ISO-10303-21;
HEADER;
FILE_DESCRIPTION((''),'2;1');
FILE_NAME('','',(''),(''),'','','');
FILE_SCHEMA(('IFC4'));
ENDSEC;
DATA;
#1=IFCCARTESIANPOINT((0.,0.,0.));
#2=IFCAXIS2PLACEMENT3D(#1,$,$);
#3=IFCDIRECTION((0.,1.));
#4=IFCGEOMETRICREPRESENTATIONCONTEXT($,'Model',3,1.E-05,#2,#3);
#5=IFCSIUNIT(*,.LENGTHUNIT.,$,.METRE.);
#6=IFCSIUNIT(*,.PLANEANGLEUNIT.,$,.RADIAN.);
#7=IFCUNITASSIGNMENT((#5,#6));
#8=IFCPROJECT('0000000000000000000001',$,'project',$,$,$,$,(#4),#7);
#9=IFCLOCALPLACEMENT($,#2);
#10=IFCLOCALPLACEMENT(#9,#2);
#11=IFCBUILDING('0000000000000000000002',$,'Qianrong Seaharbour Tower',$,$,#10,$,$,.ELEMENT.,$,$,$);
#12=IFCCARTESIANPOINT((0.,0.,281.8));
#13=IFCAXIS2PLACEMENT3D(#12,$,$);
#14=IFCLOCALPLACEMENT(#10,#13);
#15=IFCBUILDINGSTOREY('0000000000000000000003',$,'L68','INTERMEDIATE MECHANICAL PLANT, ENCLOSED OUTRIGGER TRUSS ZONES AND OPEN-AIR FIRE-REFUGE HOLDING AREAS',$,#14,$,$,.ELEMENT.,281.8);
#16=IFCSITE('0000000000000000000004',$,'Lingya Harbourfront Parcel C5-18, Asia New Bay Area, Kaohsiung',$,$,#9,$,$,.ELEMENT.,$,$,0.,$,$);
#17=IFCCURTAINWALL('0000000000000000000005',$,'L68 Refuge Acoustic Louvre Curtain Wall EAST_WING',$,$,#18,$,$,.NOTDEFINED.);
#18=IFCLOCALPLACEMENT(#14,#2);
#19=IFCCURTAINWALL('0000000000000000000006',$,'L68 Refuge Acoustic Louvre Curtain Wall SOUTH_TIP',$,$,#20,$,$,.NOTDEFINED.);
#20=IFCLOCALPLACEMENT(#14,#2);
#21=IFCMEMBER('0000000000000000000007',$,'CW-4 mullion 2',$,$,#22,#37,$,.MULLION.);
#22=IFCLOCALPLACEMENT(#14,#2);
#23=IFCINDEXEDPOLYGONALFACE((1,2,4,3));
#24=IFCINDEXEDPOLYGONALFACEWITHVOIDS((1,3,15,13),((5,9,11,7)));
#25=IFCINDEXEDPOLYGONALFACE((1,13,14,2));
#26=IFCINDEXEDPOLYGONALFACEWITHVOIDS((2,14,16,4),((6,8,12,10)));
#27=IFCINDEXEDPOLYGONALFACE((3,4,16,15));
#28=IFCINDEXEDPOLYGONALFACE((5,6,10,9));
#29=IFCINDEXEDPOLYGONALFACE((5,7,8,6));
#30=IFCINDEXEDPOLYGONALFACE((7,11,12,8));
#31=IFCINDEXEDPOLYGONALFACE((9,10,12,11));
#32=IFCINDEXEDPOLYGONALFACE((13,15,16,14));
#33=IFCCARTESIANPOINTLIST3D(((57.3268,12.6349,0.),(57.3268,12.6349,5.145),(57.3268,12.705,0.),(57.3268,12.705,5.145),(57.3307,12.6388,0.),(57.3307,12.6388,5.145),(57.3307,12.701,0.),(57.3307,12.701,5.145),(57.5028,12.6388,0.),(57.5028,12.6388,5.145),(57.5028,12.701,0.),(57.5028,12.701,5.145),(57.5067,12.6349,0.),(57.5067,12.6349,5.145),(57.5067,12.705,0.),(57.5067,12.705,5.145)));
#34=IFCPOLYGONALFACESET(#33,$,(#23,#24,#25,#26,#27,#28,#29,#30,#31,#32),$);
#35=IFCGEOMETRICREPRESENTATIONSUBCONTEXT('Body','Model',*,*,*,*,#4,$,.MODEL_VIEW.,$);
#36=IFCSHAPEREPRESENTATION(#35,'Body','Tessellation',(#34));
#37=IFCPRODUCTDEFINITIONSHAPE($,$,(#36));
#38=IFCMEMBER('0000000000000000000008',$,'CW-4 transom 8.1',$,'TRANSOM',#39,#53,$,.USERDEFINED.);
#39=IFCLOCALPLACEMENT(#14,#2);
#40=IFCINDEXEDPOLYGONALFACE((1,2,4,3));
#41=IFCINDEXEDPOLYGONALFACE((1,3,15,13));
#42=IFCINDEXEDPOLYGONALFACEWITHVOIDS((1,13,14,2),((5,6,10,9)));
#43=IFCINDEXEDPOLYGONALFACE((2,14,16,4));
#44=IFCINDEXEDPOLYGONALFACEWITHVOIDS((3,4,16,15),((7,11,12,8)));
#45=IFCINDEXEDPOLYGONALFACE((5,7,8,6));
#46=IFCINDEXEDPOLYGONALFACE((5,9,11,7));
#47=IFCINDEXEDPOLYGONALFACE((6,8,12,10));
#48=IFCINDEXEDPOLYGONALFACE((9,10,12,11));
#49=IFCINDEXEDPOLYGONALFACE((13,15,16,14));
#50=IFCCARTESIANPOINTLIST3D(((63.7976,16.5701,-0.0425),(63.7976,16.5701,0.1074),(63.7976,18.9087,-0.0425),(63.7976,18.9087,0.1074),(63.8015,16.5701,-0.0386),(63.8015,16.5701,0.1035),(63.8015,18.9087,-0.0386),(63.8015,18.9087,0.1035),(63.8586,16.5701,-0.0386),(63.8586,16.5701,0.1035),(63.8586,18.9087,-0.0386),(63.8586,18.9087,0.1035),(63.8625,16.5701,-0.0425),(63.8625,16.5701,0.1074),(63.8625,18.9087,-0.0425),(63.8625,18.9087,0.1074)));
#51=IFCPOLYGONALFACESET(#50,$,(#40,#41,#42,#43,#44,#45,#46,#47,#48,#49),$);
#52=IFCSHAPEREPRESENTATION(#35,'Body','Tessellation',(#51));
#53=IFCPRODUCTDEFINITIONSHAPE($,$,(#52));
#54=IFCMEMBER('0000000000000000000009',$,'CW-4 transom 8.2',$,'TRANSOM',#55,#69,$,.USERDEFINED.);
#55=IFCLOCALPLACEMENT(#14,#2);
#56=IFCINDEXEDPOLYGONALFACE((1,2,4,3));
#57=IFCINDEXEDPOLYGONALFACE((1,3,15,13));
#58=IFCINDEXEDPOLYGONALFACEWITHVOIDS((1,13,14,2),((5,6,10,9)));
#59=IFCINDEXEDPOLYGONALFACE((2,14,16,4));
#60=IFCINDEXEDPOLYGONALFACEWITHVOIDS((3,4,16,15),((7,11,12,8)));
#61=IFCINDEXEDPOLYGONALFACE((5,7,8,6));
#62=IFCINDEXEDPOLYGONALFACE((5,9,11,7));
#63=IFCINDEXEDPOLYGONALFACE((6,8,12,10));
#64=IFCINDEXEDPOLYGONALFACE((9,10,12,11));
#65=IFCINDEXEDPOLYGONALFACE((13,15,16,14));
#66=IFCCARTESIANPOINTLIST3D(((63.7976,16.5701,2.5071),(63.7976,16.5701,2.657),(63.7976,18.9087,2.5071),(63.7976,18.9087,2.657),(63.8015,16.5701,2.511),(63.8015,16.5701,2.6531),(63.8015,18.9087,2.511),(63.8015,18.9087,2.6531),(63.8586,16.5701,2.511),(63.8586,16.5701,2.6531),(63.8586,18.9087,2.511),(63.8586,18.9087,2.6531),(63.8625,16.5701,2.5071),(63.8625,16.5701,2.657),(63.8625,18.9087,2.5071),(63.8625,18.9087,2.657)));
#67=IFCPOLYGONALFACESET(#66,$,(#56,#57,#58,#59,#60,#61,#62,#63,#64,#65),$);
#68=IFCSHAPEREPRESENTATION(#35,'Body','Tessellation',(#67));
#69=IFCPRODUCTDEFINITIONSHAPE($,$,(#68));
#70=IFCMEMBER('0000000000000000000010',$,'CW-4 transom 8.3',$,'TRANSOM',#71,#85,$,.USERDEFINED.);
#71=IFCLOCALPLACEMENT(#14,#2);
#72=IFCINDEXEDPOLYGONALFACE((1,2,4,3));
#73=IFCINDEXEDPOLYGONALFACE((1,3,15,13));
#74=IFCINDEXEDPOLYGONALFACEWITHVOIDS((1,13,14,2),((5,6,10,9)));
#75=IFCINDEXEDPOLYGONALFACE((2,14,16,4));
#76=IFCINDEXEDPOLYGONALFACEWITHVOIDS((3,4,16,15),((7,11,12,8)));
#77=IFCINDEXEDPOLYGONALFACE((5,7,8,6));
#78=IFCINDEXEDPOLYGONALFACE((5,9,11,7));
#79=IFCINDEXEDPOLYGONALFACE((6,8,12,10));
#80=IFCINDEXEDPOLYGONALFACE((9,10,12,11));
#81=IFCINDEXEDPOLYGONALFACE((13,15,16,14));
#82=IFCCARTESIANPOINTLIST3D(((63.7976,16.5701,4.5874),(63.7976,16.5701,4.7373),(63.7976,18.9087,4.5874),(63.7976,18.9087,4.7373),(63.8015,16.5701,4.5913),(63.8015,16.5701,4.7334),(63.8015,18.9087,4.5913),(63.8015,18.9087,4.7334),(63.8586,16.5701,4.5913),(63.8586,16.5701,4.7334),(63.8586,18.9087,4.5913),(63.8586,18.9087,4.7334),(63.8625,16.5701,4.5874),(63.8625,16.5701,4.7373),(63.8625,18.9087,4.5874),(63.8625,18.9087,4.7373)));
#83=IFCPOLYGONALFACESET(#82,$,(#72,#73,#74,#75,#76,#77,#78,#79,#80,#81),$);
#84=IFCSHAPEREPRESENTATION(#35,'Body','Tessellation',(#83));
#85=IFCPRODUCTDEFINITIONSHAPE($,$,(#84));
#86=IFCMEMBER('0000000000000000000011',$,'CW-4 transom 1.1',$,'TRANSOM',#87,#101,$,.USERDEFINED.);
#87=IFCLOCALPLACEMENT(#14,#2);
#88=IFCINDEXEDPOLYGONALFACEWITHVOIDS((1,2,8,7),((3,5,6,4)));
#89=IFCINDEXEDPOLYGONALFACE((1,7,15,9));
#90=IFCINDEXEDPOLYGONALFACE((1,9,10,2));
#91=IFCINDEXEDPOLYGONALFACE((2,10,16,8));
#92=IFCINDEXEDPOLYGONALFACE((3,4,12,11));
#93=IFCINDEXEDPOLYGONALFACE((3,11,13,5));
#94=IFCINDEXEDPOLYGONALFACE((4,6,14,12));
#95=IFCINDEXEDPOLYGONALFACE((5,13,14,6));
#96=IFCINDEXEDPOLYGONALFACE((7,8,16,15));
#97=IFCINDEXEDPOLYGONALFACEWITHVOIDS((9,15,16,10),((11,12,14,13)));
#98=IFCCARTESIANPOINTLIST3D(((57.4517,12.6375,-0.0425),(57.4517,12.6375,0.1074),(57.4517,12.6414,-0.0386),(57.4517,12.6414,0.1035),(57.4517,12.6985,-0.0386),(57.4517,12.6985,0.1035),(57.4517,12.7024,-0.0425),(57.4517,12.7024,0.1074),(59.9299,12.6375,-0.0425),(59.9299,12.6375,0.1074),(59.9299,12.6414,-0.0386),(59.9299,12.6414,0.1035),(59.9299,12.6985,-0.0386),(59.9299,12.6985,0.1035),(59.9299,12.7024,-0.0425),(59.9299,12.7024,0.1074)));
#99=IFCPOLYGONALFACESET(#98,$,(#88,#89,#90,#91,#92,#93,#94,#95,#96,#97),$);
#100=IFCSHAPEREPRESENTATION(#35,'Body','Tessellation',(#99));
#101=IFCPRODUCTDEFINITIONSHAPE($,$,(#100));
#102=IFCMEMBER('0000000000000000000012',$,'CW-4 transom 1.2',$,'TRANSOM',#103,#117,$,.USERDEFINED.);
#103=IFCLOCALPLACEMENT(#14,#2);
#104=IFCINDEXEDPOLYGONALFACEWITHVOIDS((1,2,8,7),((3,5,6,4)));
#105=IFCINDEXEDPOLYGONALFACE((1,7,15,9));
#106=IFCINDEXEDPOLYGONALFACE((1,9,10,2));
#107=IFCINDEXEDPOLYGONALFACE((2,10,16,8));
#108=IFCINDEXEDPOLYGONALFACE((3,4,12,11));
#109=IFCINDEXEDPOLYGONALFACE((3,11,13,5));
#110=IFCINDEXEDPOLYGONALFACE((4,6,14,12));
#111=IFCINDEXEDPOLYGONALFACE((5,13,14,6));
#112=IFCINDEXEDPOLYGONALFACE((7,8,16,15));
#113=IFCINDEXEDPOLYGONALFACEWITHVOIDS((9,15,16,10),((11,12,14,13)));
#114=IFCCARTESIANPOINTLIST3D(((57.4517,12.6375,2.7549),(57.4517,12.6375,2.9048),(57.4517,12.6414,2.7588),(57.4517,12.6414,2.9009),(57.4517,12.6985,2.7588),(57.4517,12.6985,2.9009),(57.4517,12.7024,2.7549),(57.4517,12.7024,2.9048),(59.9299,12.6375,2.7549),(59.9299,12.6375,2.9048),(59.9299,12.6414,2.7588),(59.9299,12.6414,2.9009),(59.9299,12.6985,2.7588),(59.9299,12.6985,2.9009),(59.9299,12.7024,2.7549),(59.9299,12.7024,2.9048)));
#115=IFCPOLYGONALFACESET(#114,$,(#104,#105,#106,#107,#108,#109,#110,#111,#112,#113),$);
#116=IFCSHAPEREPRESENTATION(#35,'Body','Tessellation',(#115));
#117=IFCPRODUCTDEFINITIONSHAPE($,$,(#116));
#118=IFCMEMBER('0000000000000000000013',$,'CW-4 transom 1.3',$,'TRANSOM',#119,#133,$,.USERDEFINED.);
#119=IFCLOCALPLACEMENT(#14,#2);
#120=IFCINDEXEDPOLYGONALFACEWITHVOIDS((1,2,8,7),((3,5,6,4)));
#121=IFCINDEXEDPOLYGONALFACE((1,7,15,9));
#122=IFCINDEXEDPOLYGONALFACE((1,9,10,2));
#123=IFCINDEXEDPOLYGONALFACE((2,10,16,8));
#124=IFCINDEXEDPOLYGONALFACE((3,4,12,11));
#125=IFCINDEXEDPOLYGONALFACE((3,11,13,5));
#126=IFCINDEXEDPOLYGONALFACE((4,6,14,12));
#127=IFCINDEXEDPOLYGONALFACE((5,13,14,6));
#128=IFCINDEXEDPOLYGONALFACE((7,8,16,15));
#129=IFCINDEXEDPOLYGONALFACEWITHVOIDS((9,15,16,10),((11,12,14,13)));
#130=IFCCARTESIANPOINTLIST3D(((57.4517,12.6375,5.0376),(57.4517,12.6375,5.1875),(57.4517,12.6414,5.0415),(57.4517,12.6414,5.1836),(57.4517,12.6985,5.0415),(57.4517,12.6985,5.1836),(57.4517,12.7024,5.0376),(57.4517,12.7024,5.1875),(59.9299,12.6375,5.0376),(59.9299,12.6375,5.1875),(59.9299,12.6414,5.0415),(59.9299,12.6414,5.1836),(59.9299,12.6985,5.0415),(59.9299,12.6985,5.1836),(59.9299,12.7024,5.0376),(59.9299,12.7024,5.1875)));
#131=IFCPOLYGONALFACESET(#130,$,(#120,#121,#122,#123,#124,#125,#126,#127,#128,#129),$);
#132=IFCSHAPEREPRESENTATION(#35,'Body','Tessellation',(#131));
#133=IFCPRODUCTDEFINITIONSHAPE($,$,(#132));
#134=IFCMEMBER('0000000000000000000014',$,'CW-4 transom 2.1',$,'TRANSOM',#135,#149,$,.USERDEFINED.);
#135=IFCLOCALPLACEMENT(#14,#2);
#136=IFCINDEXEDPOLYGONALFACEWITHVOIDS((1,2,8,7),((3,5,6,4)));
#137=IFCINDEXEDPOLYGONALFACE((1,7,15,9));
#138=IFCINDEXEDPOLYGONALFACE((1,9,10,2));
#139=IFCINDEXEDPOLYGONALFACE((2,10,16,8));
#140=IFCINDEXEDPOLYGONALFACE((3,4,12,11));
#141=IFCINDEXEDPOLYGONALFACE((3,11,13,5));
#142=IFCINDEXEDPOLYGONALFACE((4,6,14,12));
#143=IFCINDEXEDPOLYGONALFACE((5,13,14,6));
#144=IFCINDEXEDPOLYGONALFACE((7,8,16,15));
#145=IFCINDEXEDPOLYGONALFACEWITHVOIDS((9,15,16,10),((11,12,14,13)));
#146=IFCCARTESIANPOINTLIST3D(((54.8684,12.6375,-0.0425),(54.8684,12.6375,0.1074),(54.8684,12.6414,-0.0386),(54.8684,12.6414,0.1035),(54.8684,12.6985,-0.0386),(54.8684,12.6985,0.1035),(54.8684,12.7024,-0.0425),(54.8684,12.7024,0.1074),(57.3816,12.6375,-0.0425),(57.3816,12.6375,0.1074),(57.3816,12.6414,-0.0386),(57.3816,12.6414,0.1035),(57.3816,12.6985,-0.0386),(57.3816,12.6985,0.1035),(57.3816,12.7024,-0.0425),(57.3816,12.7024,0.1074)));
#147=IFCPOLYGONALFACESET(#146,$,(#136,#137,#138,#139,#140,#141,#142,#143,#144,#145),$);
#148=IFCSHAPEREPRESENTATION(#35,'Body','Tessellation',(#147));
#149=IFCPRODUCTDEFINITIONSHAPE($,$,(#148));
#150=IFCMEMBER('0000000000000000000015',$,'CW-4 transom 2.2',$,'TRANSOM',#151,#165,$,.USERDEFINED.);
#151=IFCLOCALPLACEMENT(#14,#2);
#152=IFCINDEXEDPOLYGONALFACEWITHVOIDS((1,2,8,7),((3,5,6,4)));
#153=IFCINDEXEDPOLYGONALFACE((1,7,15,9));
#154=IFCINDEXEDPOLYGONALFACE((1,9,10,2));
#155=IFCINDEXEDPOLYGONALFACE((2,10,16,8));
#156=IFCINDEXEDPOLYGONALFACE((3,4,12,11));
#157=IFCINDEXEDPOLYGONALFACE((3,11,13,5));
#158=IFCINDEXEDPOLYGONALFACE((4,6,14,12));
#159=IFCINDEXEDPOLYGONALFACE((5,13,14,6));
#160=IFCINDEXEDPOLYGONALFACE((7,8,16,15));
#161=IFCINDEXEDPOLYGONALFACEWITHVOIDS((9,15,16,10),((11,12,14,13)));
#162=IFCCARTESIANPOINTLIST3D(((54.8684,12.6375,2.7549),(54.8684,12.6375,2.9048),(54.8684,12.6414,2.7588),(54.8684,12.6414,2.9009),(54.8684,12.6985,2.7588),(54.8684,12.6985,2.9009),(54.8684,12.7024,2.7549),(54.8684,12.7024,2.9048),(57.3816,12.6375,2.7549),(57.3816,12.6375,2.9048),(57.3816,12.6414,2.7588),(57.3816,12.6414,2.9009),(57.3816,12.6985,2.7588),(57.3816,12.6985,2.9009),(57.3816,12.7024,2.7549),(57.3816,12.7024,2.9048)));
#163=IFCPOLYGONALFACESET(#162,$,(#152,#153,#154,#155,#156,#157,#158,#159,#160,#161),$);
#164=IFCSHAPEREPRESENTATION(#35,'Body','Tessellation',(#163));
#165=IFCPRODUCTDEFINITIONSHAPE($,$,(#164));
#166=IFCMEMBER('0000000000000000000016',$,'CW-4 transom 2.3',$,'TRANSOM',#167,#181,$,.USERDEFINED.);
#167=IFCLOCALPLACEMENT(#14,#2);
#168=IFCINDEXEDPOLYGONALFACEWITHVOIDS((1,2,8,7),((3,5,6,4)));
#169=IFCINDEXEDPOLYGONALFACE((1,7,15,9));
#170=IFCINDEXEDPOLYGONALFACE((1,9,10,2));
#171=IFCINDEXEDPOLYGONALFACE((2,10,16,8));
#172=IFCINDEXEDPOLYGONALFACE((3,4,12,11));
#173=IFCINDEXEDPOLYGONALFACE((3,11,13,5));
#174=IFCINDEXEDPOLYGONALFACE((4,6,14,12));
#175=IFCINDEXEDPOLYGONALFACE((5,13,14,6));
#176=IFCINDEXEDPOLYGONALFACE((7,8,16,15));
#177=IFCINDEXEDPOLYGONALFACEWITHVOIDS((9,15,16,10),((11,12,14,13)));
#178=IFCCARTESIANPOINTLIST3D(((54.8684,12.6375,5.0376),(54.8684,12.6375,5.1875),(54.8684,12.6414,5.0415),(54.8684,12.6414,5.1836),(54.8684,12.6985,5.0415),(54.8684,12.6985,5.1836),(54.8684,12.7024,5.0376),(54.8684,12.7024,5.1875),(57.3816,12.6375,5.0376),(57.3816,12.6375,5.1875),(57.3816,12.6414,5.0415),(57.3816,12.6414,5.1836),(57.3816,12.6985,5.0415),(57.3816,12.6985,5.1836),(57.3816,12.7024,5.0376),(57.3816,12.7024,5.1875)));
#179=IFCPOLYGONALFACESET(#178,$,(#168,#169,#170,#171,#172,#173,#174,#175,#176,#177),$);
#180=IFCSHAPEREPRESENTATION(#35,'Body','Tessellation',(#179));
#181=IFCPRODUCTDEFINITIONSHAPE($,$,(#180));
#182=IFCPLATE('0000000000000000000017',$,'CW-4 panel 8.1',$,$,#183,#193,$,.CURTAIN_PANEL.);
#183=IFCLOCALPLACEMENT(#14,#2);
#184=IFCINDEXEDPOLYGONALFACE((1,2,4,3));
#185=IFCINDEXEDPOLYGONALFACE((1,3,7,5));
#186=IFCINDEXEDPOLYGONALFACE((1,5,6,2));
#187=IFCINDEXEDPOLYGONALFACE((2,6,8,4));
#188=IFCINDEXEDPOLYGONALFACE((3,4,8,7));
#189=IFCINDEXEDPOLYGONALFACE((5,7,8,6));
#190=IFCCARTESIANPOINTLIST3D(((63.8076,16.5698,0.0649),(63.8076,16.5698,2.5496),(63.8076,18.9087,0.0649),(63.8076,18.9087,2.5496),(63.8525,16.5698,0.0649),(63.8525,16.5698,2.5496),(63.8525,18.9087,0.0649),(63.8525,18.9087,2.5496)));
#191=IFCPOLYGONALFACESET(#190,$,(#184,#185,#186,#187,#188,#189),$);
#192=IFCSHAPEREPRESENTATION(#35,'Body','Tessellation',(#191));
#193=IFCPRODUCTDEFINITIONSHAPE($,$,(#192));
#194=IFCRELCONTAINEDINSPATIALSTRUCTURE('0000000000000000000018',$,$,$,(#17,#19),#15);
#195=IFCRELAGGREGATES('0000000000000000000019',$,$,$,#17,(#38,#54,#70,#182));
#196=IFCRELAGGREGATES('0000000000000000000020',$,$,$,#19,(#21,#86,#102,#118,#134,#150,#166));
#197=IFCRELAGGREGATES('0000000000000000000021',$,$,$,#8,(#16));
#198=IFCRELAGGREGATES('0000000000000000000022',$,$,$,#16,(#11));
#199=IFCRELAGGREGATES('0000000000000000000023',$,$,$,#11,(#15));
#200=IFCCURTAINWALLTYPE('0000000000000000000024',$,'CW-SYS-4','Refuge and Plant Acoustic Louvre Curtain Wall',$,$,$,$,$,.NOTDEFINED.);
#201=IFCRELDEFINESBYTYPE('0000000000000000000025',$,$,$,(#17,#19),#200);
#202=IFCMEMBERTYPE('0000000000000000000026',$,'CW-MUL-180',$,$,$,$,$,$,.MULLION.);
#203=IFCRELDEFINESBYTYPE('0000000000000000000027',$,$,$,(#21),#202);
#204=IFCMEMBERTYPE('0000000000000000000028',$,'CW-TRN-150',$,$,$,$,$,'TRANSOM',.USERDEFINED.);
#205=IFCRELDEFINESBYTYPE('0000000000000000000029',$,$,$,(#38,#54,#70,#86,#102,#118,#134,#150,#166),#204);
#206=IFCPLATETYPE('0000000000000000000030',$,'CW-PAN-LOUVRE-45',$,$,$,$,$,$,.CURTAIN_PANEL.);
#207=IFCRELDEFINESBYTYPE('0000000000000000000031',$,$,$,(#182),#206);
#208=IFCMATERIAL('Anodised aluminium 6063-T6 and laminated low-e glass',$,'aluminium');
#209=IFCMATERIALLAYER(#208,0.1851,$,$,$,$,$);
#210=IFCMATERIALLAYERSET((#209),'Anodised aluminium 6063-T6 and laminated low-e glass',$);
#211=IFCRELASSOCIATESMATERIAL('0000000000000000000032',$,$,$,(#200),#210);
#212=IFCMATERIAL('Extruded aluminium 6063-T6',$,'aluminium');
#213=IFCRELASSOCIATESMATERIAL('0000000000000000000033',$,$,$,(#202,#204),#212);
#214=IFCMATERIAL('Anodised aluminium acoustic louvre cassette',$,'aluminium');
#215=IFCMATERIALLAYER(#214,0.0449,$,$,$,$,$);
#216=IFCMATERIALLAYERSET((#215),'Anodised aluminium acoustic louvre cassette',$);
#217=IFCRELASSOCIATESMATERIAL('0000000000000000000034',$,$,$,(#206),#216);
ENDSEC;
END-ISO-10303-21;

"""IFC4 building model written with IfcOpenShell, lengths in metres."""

from ifc_helpers import new_model, si_unit, direction, frame, origin, origin_2d, place, context, subcontext, project, spatial, rectangle, hollow_rectangle, extrude, material, layer, layer_set, material_profile, profile_set, type_object, element, aggregate, save


model = new_model("IFC4")

# Units and contexts
model_context = context("Model", 3, precision=1e-05, world=origin(), true_north=direction((0.0, 1.0)))
body_context = subcontext(model_context, "Body", "Model", "MODEL_VIEW")
ifc_project = project(units=[si_unit("LENGTHUNIT", "METRE"), si_unit("PLANEANGLEUNIT", "RADIAN")], contexts=[model_context])

# Site, building, storey
site_placement = place(None, origin())
site = spatial("IfcSite", under=ifc_project, at=site_placement, Name="Lingya Harbourfront Parcel C5-18, Asia New Bay Area, Kaohsiung", CompositionType="ELEMENT", RefElevation=0.0)
building_placement = place(site_placement, origin())
building = spatial("IfcBuilding", under=site, at=building_placement, Name="Qianrong Seaharbour Tower", CompositionType="ELEMENT")
storey_placement = place(building_placement, frame((0.0, 0.0, 281.8)))
storey = spatial("IfcBuildingStorey", under=building, at=storey_placement, Name="L68", Description="INTERMEDIATE MECHANICAL PLANT, ENCLOSED OUTRIGGER TRUSS ZONES AND OPEN-AIR FIRE-REFUGE HOLDING AREAS", CompositionType="ELEMENT", Elevation=281.8)

# Curtain wall
ifc_material_1 = material(Name="Anodised aluminium 6063-T6 and laminated low-e glass", Category="aluminium")
ifc_layer_1 = layer(ifc_material_1, 0.1851)
ifc_layer_set_1 = layer_set([ifc_layer_1], Name="Anodised aluminium 6063-T6 and laminated low-e glass")
curtain_wall_type = type_object("IfcCurtainWallType", Name="CW-SYS-4", Description="Refuge and Plant Acoustic Louvre Curtain Wall", PredefinedType="NOTDEFINED", material=ifc_layer_set_1)
curtain_wall_1_placement = place(storey_placement, origin())
curtain_wall_1 = element("IfcCurtainWall", 1, at=curtain_wall_1_placement, inside=storey, type_object=curtain_wall_type, Name="L68 Refuge Acoustic Louvre Curtain Wall EAST_WING", PredefinedType="NOTDEFINED")
ifc_material_2 = material(Name="Extruded aluminium 6063-T6", Category="aluminium")
ifc_material_profile_1 = material_profile(ifc_material_2, hollow_rectangle(XDim=0.0701, YDim=0.1799, WallThickness=0.0039, at=origin_2d()), Name="ALU-MUL-180x70x4")
ifc_profile_set_1 = profile_set([ifc_material_profile_1], Name="Extruded aluminium 6063-T6")
member_type_1 = type_object("IfcMemberType", Name="CW-MUL-180", PredefinedType="MULLION", material=ifc_profile_set_1)

# Curtain wall, member
curtain_wall_2_placement = place(storey_placement, origin())
curtain_wall_2 = element("IfcCurtainWall", 2, at=curtain_wall_2_placement, inside=storey, type_object=curtain_wall_type, Name="L68 Refuge Acoustic Louvre Curtain Wall SOUTH_TIP", PredefinedType="NOTDEFINED")
member_1_placement = place(storey_placement, frame((57.4167, 12.6699, 0.0), z_axis=(0.0, 0.0, 1.0), x_axis=(0.0, -1.0, 0.0)))
member_1 = element("IfcMember", 3, at=member_1_placement, type_object=member_type_1, Name="CW-4 mullion 2", PredefinedType="MULLION", context=body_context, shape_type="SweptSolid", body=[
    extrude(hollow_rectangle(XDim=0.0701, YDim=0.1799, WallThickness=0.0039, at=origin_2d()), origin(), (0.0, 0.0, 1.0), 5.145),
])

# Members
ifc_material_profile_2 = material_profile(ifc_material_2, hollow_rectangle(XDim=0.0649, YDim=0.1499, WallThickness=0.0039, at=origin_2d()), Name="ALU-TRN-150x65x4")
ifc_profile_set_2 = profile_set([ifc_material_profile_2], Name="Extruded aluminium 6063-T6")
member_type_2 = type_object("IfcMemberType", Name="CW-TRN-150", ElementType="TRANSOM", PredefinedType="USERDEFINED", material=ifc_profile_set_2)
member_2_placement = place(storey_placement, frame((63.8301, 18.9087, 0.0325), z_axis=(0.0, -1.0, 0.0), x_axis=(1.0, 0.0, 0.0)))
member_2 = element("IfcMember", 4, at=member_2_placement, type_object=member_type_2, Name="CW-4 transom 8.1", ObjectType="TRANSOM", PredefinedType="USERDEFINED", context=body_context, shape_type="SweptSolid", body=[
    extrude(hollow_rectangle(XDim=0.0649, YDim=0.1499, WallThickness=0.0039, at=origin_2d()), origin(), (0.0, 0.0, 1.0), 2.3386),
])
member_3_placement = place(storey_placement, frame((63.8301, 18.9087, 2.582), z_axis=(0.0, -1.0, 0.0), x_axis=(1.0, 0.0, 0.0)))
member_3 = element("IfcMember", 5, at=member_3_placement, type_object=member_type_2, Name="CW-4 transom 8.2", ObjectType="TRANSOM", PredefinedType="USERDEFINED", context=body_context, shape_type="SweptSolid", body=[
    extrude(hollow_rectangle(XDim=0.0649, YDim=0.1499, WallThickness=0.0039, at=origin_2d()), origin(), (0.0, 0.0, 1.0), 2.3386),
])
member_4_placement = place(storey_placement, frame((63.8301, 18.9087, 4.6624), z_axis=(0.0, -1.0, 0.0), x_axis=(1.0, 0.0, 0.0)))
member_4 = element("IfcMember", 6, at=member_4_placement, type_object=member_type_2, Name="CW-4 transom 8.3", ObjectType="TRANSOM", PredefinedType="USERDEFINED", context=body_context, shape_type="SweptSolid", body=[
    extrude(hollow_rectangle(XDim=0.0649, YDim=0.1499, WallThickness=0.0039, at=origin_2d()), origin(), (0.0, 0.0, 1.0), 2.3386),
])
member_5_placement = place(storey_placement, frame((59.9299, 12.6699, 0.0325), z_axis=(-1.0, 0.0, 0.0), x_axis=(0.0, -1.0, 0.0)))
member_5 = element("IfcMember", 7, at=member_5_placement, type_object=member_type_2, Name="CW-4 transom 1.1", ObjectType="TRANSOM", PredefinedType="USERDEFINED", context=body_context, shape_type="SweptSolid", body=[
    extrude(hollow_rectangle(XDim=0.0649, YDim=0.1499, WallThickness=0.0039, at=origin_2d()), origin(), (0.0, 0.0, 1.0), 2.4783),
])
member_6_placement = place(storey_placement, frame((59.9299, 12.6699, 2.8298), z_axis=(-1.0, 0.0, 0.0), x_axis=(0.0, -1.0, 0.0)))
member_6 = element("IfcMember", 8, at=member_6_placement, type_object=member_type_2, Name="CW-4 transom 1.2", ObjectType="TRANSOM", PredefinedType="USERDEFINED", context=body_context, shape_type="SweptSolid", body=[
    extrude(hollow_rectangle(XDim=0.0649, YDim=0.1499, WallThickness=0.0039, at=origin_2d()), origin(), (0.0, 0.0, 1.0), 2.4783),
])
member_7_placement = place(storey_placement, frame((59.9299, 12.6699, 5.1125), z_axis=(-1.0, 0.0, 0.0), x_axis=(0.0, -1.0, 0.0)))
member_7 = element("IfcMember", 9, at=member_7_placement, type_object=member_type_2, Name="CW-4 transom 1.3", ObjectType="TRANSOM", PredefinedType="USERDEFINED", context=body_context, shape_type="SweptSolid", body=[
    extrude(hollow_rectangle(XDim=0.0649, YDim=0.1499, WallThickness=0.0039, at=origin_2d()), origin(), (0.0, 0.0, 1.0), 2.4783),
])
member_8_placement = place(storey_placement, frame((57.3816, 12.6699, 0.0325), z_axis=(-1.0, 0.0, 0.0), x_axis=(0.0, -1.0, 0.0)))
member_8 = element("IfcMember", 10, at=member_8_placement, type_object=member_type_2, Name="CW-4 transom 2.1", ObjectType="TRANSOM", PredefinedType="USERDEFINED", context=body_context, shape_type="SweptSolid", body=[
    extrude(hollow_rectangle(XDim=0.0649, YDim=0.1499, WallThickness=0.0039, at=origin_2d()), origin(), (0.0, 0.0, 1.0), 2.5132),
])
member_9_placement = place(storey_placement, frame((57.3816, 12.6699, 2.8298), z_axis=(-1.0, 0.0, 0.0), x_axis=(0.0, -1.0, 0.0)))
member_9 = element("IfcMember", 11, at=member_9_placement, type_object=member_type_2, Name="CW-4 transom 2.2", ObjectType="TRANSOM", PredefinedType="USERDEFINED", context=body_context, shape_type="SweptSolid", body=[
    extrude(hollow_rectangle(XDim=0.0649, YDim=0.1499, WallThickness=0.0039, at=origin_2d()), origin(), (0.0, 0.0, 1.0), 2.5132),
])
member_10_placement = place(storey_placement, frame((57.3816, 12.6699, 5.1125), z_axis=(-1.0, 0.0, 0.0), x_axis=(0.0, -1.0, 0.0)))
member_10 = element("IfcMember", 12, at=member_10_placement, type_object=member_type_2, Name="CW-4 transom 2.3", ObjectType="TRANSOM", PredefinedType="USERDEFINED", context=body_context, shape_type="SweptSolid", body=[
    extrude(hollow_rectangle(XDim=0.0649, YDim=0.1499, WallThickness=0.0039, at=origin_2d()), origin(), (0.0, 0.0, 1.0), 2.5132),
])

# Plate
ifc_material_3 = material(Name="Anodised aluminium acoustic louvre cassette", Category="aluminium")
ifc_layer_2 = layer(ifc_material_3, 0.0449)
ifc_layer_set_2 = layer_set([ifc_layer_2], Name="Anodised aluminium acoustic louvre cassette")
plate_type_1 = type_object("IfcPlateType", Name="CW-PAN-LOUVRE-45", PredefinedType="CURTAIN_PANEL", material=ifc_layer_set_2)
plate_1_placement = place(storey_placement, frame((63.8301, 17.7393, 0.0649), z_axis=(0.0, 0.0, 1.0), x_axis=(0.0, -1.0, 0.0)))
plate_1 = element("IfcPlate", 13, at=plate_1_placement, type_object=plate_type_1, Name="CW-4 panel 8.1", PredefinedType="CURTAIN_PANEL", context=body_context, shape_type="SweptSolid", body=[
    extrude(rectangle(XDim=2.3389, YDim=0.0449, at=origin_2d()), origin(), (0.0, 0.0, 1.0), 2.4846),
])
aggregate(curtain_wall_1, [member_2, member_3, member_4, plate_1])
aggregate(curtain_wall_2, [member_1, member_5, member_6, member_7, member_8, member_9, member_10])

save(model, "model.ifc")
